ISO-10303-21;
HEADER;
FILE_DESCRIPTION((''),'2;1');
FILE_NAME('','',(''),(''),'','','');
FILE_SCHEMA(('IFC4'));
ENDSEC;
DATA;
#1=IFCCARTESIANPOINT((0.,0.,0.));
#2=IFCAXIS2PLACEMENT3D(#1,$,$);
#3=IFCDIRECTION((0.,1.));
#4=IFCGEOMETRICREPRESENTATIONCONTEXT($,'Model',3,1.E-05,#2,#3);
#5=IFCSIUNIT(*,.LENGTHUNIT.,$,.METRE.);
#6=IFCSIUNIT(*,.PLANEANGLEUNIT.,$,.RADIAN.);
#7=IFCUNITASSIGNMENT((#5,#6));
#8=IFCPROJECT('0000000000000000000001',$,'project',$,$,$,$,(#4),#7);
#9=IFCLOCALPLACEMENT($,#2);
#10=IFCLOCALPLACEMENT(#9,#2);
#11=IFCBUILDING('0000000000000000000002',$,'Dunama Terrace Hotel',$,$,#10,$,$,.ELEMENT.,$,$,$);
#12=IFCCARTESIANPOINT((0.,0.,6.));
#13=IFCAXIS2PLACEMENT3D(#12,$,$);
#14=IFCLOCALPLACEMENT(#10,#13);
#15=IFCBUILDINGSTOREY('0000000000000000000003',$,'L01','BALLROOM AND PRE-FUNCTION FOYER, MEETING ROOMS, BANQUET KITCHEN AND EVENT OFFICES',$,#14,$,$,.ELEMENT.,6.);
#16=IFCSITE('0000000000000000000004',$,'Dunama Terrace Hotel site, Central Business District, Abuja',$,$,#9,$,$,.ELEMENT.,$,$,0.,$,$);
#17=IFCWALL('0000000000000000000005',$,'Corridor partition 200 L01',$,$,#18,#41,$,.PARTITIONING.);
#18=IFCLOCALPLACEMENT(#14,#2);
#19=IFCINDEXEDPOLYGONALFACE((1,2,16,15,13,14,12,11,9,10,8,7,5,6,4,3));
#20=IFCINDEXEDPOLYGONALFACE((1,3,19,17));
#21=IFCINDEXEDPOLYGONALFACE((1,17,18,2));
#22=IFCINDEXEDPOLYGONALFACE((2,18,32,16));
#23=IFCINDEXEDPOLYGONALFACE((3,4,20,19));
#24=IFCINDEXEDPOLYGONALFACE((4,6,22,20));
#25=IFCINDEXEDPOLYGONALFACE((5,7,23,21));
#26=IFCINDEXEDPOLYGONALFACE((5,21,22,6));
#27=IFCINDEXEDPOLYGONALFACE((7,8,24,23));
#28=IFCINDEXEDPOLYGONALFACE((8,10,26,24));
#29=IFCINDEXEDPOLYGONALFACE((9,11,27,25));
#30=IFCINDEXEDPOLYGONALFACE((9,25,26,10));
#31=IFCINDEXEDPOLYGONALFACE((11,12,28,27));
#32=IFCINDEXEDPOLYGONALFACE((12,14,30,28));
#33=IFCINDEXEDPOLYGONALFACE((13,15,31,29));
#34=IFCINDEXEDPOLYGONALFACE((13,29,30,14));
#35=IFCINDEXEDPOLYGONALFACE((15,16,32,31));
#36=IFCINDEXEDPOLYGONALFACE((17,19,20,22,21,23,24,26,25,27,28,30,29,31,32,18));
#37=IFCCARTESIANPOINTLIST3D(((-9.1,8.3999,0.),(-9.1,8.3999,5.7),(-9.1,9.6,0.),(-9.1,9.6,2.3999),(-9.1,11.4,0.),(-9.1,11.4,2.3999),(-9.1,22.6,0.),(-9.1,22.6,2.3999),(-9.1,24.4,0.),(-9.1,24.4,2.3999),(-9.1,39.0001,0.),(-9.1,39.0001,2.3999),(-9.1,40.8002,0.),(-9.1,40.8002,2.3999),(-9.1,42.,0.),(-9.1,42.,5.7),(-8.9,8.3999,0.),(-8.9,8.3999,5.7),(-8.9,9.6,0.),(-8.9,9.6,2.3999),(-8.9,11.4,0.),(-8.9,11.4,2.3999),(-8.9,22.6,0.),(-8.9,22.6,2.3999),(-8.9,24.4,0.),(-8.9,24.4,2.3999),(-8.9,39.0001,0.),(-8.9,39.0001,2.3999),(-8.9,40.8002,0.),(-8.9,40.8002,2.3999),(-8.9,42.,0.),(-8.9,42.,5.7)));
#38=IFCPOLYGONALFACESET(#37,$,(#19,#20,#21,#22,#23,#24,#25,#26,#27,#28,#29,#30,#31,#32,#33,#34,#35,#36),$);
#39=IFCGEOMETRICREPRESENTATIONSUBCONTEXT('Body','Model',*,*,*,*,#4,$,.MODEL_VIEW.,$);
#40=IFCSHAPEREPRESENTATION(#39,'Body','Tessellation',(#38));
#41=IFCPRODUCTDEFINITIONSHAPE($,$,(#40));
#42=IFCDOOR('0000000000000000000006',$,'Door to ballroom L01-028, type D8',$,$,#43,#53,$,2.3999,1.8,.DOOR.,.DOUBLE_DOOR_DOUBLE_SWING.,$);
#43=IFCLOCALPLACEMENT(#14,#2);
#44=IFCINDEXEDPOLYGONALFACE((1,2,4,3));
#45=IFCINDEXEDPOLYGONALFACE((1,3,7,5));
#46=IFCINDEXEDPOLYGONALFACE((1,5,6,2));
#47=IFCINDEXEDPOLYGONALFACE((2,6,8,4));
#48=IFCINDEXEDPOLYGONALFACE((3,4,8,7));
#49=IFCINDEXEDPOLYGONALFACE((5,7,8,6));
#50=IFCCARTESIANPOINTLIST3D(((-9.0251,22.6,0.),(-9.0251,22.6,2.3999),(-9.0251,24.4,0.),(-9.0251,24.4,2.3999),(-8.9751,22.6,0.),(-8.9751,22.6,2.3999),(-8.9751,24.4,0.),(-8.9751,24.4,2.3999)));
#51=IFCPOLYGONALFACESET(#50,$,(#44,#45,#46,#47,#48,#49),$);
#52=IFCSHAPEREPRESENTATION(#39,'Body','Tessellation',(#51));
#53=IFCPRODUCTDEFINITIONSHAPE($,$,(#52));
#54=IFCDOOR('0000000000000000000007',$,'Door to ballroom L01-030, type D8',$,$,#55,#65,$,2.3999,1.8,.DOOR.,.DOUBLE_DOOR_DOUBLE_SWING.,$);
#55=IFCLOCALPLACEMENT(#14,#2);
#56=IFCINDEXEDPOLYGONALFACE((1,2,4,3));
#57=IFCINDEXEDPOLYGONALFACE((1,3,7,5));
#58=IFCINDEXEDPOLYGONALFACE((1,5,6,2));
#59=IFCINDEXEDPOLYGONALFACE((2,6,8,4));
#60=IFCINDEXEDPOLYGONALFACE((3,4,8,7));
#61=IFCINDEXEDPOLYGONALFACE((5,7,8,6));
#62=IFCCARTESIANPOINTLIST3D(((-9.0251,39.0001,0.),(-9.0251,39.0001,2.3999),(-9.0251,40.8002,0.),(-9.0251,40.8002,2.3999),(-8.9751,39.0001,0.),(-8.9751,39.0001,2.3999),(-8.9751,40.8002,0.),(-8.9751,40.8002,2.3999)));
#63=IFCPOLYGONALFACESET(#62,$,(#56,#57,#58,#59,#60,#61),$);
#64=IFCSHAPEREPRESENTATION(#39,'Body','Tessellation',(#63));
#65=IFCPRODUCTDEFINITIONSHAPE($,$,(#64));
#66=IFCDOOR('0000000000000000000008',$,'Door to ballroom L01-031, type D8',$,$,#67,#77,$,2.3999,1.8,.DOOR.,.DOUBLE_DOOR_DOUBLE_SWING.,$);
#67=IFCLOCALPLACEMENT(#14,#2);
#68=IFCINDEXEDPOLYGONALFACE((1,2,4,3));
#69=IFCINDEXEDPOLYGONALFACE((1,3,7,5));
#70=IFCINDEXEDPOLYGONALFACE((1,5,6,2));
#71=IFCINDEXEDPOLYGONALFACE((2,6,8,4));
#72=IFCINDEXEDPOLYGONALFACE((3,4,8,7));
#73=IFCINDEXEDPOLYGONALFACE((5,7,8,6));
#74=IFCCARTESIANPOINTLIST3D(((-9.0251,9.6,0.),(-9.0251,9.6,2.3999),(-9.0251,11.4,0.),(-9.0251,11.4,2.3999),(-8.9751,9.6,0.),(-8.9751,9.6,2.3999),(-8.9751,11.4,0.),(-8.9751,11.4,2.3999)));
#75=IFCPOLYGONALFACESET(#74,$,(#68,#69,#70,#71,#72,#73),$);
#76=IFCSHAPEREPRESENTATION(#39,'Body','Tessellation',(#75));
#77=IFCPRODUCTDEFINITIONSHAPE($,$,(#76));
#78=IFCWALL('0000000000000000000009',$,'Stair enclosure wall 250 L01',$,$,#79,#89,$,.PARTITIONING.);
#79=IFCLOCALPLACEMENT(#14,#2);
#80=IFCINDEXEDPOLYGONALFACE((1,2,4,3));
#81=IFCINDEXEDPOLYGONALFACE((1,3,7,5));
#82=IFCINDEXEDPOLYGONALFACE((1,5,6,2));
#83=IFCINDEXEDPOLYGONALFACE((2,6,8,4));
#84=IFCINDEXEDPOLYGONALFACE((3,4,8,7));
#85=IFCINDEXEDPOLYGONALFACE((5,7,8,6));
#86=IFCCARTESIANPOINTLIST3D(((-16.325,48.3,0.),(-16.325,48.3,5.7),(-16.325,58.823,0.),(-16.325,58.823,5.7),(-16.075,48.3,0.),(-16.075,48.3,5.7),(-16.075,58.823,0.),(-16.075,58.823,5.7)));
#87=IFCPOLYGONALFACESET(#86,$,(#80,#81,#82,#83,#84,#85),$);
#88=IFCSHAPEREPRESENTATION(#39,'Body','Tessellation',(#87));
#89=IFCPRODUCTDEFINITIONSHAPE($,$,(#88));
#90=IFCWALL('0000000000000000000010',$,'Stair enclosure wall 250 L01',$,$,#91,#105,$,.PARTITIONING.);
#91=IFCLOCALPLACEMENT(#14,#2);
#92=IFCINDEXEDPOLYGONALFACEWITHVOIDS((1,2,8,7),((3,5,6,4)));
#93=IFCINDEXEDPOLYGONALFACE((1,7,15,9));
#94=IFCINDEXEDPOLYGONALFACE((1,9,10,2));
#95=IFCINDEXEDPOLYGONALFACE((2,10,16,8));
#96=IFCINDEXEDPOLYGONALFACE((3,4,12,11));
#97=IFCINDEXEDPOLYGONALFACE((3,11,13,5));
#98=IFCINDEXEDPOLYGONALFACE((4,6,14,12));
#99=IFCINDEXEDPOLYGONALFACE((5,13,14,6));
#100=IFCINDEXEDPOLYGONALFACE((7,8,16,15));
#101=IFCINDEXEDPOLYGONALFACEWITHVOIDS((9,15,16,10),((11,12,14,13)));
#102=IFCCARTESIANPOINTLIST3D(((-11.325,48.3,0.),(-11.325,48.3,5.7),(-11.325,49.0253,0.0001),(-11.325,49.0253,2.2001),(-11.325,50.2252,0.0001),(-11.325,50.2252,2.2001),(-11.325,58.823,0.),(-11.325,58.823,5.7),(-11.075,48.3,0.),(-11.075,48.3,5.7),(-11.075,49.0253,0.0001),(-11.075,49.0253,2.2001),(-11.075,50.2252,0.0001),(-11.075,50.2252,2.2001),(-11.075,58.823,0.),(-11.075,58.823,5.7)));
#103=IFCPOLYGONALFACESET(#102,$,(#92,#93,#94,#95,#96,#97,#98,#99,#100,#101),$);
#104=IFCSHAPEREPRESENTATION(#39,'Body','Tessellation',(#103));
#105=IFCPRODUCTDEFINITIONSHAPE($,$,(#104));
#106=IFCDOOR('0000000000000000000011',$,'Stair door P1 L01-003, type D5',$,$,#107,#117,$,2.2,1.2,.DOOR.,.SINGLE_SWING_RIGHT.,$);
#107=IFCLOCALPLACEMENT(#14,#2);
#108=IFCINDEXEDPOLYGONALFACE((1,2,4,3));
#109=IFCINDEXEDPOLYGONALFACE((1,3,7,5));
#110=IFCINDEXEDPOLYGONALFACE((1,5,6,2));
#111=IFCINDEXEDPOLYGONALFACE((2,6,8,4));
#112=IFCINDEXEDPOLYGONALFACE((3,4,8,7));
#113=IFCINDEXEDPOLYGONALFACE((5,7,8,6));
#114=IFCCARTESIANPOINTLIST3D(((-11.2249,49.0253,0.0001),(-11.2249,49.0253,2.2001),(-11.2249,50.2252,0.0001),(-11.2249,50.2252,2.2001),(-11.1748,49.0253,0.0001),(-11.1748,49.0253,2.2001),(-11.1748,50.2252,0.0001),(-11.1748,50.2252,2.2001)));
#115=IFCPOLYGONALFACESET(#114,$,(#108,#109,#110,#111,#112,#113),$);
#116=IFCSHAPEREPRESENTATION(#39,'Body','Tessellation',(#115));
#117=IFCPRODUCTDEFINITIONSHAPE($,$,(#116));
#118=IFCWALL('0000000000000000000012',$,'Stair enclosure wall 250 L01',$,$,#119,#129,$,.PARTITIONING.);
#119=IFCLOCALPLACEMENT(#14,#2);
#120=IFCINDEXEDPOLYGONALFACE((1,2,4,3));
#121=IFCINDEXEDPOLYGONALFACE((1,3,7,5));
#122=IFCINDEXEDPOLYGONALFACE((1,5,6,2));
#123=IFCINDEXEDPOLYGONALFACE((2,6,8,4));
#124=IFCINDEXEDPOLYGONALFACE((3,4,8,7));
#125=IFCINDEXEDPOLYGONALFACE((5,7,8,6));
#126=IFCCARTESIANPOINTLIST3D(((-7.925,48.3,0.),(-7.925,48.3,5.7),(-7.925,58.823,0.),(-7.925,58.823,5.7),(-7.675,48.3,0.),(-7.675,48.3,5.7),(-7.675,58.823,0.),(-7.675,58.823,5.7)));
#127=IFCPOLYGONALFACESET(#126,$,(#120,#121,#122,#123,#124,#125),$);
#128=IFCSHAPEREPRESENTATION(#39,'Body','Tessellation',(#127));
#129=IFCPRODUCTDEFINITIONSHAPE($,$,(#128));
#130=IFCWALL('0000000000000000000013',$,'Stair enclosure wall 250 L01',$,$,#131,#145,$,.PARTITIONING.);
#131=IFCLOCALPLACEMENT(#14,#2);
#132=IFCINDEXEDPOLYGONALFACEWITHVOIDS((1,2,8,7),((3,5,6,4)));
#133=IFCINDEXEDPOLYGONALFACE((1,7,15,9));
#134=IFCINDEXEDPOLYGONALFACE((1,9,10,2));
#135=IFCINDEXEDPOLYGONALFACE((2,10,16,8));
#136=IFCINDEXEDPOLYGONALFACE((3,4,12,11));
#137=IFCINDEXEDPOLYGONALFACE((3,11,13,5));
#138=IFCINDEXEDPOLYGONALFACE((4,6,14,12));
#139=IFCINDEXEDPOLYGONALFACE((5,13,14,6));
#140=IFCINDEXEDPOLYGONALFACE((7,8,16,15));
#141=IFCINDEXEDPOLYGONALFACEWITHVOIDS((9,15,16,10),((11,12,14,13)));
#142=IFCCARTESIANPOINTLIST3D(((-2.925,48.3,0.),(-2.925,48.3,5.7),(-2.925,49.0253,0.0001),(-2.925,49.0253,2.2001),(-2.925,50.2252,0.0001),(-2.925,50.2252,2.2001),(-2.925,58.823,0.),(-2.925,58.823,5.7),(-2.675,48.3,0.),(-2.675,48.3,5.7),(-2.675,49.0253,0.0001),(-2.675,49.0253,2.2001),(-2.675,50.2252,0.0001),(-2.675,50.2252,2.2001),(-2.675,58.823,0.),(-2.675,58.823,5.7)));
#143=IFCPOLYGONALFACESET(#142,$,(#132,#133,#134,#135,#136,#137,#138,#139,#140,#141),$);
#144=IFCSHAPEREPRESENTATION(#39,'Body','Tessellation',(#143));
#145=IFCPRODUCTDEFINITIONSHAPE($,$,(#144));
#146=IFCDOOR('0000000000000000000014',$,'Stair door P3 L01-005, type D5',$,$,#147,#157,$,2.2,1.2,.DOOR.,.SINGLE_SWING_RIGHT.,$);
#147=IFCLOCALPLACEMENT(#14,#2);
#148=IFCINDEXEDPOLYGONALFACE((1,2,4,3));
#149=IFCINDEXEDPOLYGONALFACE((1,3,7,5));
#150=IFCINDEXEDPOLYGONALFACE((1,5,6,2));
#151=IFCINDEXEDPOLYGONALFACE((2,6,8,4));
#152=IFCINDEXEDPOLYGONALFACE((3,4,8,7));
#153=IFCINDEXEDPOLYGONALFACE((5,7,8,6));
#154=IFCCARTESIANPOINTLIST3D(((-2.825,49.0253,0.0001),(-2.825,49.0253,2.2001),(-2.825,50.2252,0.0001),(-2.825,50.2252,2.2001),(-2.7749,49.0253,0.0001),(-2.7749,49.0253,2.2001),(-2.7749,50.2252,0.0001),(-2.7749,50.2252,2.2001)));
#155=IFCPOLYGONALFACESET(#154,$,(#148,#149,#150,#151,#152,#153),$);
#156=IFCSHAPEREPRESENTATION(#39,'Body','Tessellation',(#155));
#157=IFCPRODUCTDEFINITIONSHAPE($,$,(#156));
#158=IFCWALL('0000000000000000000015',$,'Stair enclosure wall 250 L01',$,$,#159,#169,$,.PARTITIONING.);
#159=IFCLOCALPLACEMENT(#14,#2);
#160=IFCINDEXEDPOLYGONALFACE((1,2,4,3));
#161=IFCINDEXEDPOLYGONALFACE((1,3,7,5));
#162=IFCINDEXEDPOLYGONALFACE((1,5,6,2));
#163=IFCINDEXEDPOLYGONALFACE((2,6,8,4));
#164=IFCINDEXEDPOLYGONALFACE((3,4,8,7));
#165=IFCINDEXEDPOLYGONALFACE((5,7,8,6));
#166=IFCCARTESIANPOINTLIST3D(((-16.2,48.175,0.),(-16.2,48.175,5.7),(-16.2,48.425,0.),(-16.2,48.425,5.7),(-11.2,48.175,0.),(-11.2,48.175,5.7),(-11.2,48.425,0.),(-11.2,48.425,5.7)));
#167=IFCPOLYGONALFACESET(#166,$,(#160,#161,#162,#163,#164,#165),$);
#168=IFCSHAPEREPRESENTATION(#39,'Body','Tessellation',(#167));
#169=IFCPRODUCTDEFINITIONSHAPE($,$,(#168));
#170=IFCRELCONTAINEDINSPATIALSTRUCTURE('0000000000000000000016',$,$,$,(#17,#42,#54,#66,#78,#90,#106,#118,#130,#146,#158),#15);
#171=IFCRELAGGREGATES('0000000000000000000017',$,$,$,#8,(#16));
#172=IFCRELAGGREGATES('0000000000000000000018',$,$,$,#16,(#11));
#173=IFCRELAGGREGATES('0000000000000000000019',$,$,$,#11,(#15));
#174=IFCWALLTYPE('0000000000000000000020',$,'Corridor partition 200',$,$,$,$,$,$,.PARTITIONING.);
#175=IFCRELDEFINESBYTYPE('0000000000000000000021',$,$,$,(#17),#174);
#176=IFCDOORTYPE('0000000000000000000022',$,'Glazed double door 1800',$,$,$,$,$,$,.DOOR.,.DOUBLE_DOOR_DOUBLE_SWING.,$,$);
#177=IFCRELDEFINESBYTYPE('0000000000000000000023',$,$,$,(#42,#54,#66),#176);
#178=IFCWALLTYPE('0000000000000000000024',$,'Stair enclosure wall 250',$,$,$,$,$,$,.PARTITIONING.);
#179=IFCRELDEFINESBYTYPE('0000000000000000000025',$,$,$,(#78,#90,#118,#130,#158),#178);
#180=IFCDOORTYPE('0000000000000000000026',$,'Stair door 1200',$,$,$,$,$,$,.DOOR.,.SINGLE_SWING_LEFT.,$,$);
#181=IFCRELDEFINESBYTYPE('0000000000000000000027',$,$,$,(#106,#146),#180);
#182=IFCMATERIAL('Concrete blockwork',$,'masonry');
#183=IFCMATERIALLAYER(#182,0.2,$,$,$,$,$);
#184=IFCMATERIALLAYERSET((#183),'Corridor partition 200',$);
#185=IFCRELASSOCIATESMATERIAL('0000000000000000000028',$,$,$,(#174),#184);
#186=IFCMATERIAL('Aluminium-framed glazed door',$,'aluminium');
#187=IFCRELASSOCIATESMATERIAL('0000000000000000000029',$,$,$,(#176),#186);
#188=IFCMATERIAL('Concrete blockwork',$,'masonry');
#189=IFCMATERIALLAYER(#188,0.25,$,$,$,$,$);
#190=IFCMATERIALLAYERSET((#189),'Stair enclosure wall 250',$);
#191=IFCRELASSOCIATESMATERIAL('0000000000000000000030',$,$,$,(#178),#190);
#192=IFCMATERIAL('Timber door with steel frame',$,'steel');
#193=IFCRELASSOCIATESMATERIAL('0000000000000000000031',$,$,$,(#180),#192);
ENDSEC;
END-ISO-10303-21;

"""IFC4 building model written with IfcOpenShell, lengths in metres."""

from ifc_helpers import new_model, si_unit, direction, frame, frame_2d, origin, place, context, subcontext, project, spatial, rectangle, extrude, material, layer, layer_set, type_object, element, fill, save


model = new_model("IFC4")

# Units and contexts
model_context = context("Model", 3, precision=1e-05, world=origin(), true_north=direction((0.0, 1.0)))
body_context = subcontext(model_context, "Body", "Model", "MODEL_VIEW")
ifc_project = project(units=[si_unit("LENGTHUNIT", "METRE"), si_unit("PLANEANGLEUNIT", "RADIAN")], contexts=[model_context])

# Site, building, storey
site_placement = place(None, origin())
site = spatial("IfcSite", under=ifc_project, at=site_placement, Name="Dunama Terrace Hotel site, Central Business District, Abuja", CompositionType="ELEMENT", RefElevation=0.0)
building_placement = place(site_placement, origin())
building = spatial("IfcBuilding", under=site, at=building_placement, Name="Dunama Terrace Hotel", CompositionType="ELEMENT")
storey_placement = place(building_placement, frame((0.0, 0.0, 6.0)))
storey = spatial("IfcBuildingStorey", under=building, at=storey_placement, Name="L01", Description="BALLROOM AND PRE-FUNCTION FOYER, MEETING ROOMS, BANQUET KITCHEN AND EVENT OFFICES", CompositionType="ELEMENT", Elevation=6.0)

# Shared definitions
ifc_material_1 = material(Name="Concrete blockwork", Category="masonry")
ifc_layer_1 = layer(ifc_material_1, 0.2)
ifc_layer_set_1 = layer_set([ifc_layer_1], Name="Corridor partition 200")
wall_type_1 = type_object("IfcWallType", Name="Corridor partition 200", PredefinedType="PARTITIONING", material=ifc_layer_set_1)

# Shared definitions
ifc_material_2 = material(Name="Aluminium-framed glazed door", Category="aluminium")
door_type_1 = type_object("IfcDoorType", Name="Glazed double door 1800", OperationType="DOUBLE_DOOR_DOUBLE_SWING", PredefinedType="DOOR", material=ifc_material_2)

# Wall, openings, doors
wall_1_placement = place(storey_placement, frame((-9.0, 42.0, 0.0), z_axis=(0.0, 0.0, 1.0), x_axis=(0.0, -1.0, 0.0)))
wall_1 = element("IfcWall", 1, at=wall_1_placement, inside=storey, type_object=wall_type_1, Name="Corridor partition 200 L01", PredefinedType="PARTITIONING", context=body_context, shape_type="SweptSolid", body=[
    extrude(rectangle(XDim=33.6001, YDim=0.2, at=frame_2d((16.8, 0.0))), origin(), (0.0, 0.0, 1.0), 5.7),
])
opening_1_placement = place(wall_1_placement, frame((17.6001, 0.0, 0.0)))
opening_1 = element("IfcOpeningElement", 2, at=opening_1_placement, cuts=wall_1, PredefinedType="OPENING", context=body_context, shape_type="SweptSolid", body=[
    extrude(rectangle(XDim=1.8, YDim=2.3999, at=frame_2d((0.8999, 1.2))), frame((0.0, 0.1099, 0.0), z_axis=(0.0, -1.0, 0.0), x_axis=(1.0, 0.0, 0.0)), (0.0, 0.0, 1.0), 0.22),
])
opening_2_placement = place(wall_1_placement, frame((1.2, 0.0, 0.0)))
opening_2 = element("IfcOpeningElement", 3, at=opening_2_placement, cuts=wall_1, PredefinedType="OPENING", context=body_context, shape_type="SweptSolid", body=[
    extrude(rectangle(XDim=1.8, YDim=2.3999, at=frame_2d((0.8999, 1.2))), frame((0.0, 0.1099, 0.0), z_axis=(0.0, -1.0, 0.0), x_axis=(1.0, 0.0, 0.0)), (0.0, 0.0, 1.0), 0.22),
])
opening_3_placement = place(wall_1_placement, frame((30.6001, 0.0, 0.0)))
opening_3 = element("IfcOpeningElement", 4, at=opening_3_placement, cuts=wall_1, PredefinedType="OPENING", context=body_context, shape_type="SweptSolid", body=[
    extrude(rectangle(XDim=1.8, YDim=2.3999, at=frame_2d((0.8999, 1.2))), frame((0.0, 0.1099, 0.0), z_axis=(0.0, -1.0, 0.0), x_axis=(1.0, 0.0, 0.0)), (0.0, 0.0, 1.0), 0.22),
])
door_1_placement = place(opening_1_placement, origin())
door_1 = element("IfcDoor", 5, at=door_1_placement, inside=storey, type_object=door_type_1, Name="Door to ballroom L01-028, type D8", OperationType="DOUBLE_DOOR_DOUBLE_SWING", OverallHeight=2.3999, OverallWidth=1.8, PredefinedType="DOOR", context=body_context, shape_type="SweptSolid", body=[
    extrude(rectangle(XDim=1.8, YDim=2.3999, at=frame_2d((0.8999, 1.2))), frame((0.0, 0.0249, 0.0), z_axis=(0.0, -1.0, 0.0), x_axis=(1.0, 0.0, 0.0)), (0.0, 0.0, 1.0), 0.05),
])
fill(opening_1, door_1)
door_2_placement = place(opening_2_placement, origin())
door_2 = element("IfcDoor", 6, at=door_2_placement, inside=storey, type_object=door_type_1, Name="Door to ballroom L01-030, type D8", OperationType="DOUBLE_DOOR_DOUBLE_SWING", OverallHeight=2.3999, OverallWidth=1.8, PredefinedType="DOOR", context=body_context, shape_type="SweptSolid", body=[
    extrude(rectangle(XDim=1.8, YDim=2.3999, at=frame_2d((0.8999, 1.2))), frame((0.0, 0.0249, 0.0), z_axis=(0.0, -1.0, 0.0), x_axis=(1.0, 0.0, 0.0)), (0.0, 0.0, 1.0), 0.05),
])
fill(opening_2, door_2)
door_3_placement = place(opening_3_placement, origin())
door_3 = element("IfcDoor", 7, at=door_3_placement, inside=storey, type_object=door_type_1, Name="Door to ballroom L01-031, type D8", OperationType="DOUBLE_DOOR_DOUBLE_SWING", OverallHeight=2.3999, OverallWidth=1.8, PredefinedType="DOOR", context=body_context, shape_type="SweptSolid", body=[
    extrude(rectangle(XDim=1.8, YDim=2.3999, at=frame_2d((0.8999, 1.2))), frame((0.0, 0.0249, 0.0), z_axis=(0.0, -1.0, 0.0), x_axis=(1.0, 0.0, 0.0)), (0.0, 0.0, 1.0), 0.05),
])
fill(opening_3, door_3)

# Wall
ifc_material_3 = material(Name="Concrete blockwork", Category="masonry")
ifc_layer_2 = layer(ifc_material_3, 0.25)
ifc_layer_set_2 = layer_set([ifc_layer_2], Name="Stair enclosure wall 250")
wall_type_2 = type_object("IfcWallType", Name="Stair enclosure wall 250", PredefinedType="PARTITIONING", material=ifc_layer_set_2)
wall_2_placement = place(storey_placement, frame((-16.2, 48.3, 0.0), z_axis=(0.0, 0.0, 1.0), x_axis=(0.0, 1.0, 0.0)))
element("IfcWall", 8, at=wall_2_placement, inside=storey, type_object=wall_type_2, Name="Stair enclosure wall 250 L01", PredefinedType="PARTITIONING", context=body_context, shape_type="SweptSolid", body=[
    extrude(rectangle(XDim=10.5229, YDim=0.25, at=frame_2d((5.2615, 0.0))), origin(), (0.0, 0.0, 1.0), 5.7),
])

# Wall, opening, door
wall_3_placement = place(storey_placement, frame((-11.2, 48.3, 0.0), z_axis=(0.0, 0.0, 1.0), x_axis=(0.0, 1.0, 0.0)))
wall_3 = element("IfcWall", 9, at=wall_3_placement, inside=storey, type_object=wall_type_2, Name="Stair enclosure wall 250 L01", PredefinedType="PARTITIONING", context=body_context, shape_type="SweptSolid", body=[
    extrude(rectangle(XDim=10.5229, YDim=0.25, at=frame_2d((5.2615, 0.0))), origin(), (0.0, 0.0, 1.0), 5.7),
])
opening_4_placement = place(wall_3_placement, frame((0.7251, 0.0, 0.0)))
opening_4 = element("IfcOpeningElement", 10, at=opening_4_placement, cuts=wall_3, PredefinedType="OPENING", context=body_context, shape_type="SweptSolid", body=[
    extrude(rectangle(XDim=1.2, YDim=2.2, at=frame_2d((0.6001, 1.1001))), frame((0.0, 0.135, 0.0), z_axis=(0.0, -1.0, 0.0), x_axis=(1.0, 0.0, 0.0)), (0.0, 0.0, 1.0), 0.27),
])
ifc_material_4 = material(Name="Timber door with steel frame", Category="steel")
door_type_2 = type_object("IfcDoorType", Name="Stair door 1200", OperationType="SINGLE_SWING_LEFT", PredefinedType="DOOR", material=ifc_material_4)
door_4_placement = place(opening_4_placement, origin())
door_4 = element("IfcDoor", 11, at=door_4_placement, inside=storey, type_object=door_type_2, Name="Stair door P1 L01-003, type D5", OperationType="SINGLE_SWING_RIGHT", OverallHeight=2.2, OverallWidth=1.2, PredefinedType="DOOR", context=body_context, shape_type="SweptSolid", body=[
    extrude(rectangle(XDim=1.2, YDim=2.2, at=frame_2d((0.6001, 1.1001))), frame((0.0, 0.0249, 0.0), z_axis=(0.0, -1.0, 0.0), x_axis=(1.0, 0.0, 0.0)), (0.0, 0.0, 1.0), 0.05),
])
fill(opening_4, door_4)

# Wall
wall_4_placement = place(storey_placement, frame((-7.8, 48.3, 0.0), z_axis=(0.0, 0.0, 1.0), x_axis=(0.0, 1.0, 0.0)))
element("IfcWall", 12, at=wall_4_placement, inside=storey, type_object=wall_type_2, Name="Stair enclosure wall 250 L01", PredefinedType="PARTITIONING", context=body_context, shape_type="SweptSolid", body=[
    extrude(rectangle(XDim=10.5229, YDim=0.25, at=frame_2d((5.2615, 0.0))), origin(), (0.0, 0.0, 1.0), 5.7),
])

# Wall, opening, door
wall_5_placement = place(storey_placement, frame((-2.8, 48.3, 0.0), z_axis=(0.0, 0.0, 1.0), x_axis=(0.0, 1.0, 0.0)))
wall_5 = element("IfcWall", 13, at=wall_5_placement, inside=storey, type_object=wall_type_2, Name="Stair enclosure wall 250 L01", PredefinedType="PARTITIONING", context=body_context, shape_type="SweptSolid", body=[
    extrude(rectangle(XDim=10.5229, YDim=0.25, at=frame_2d((5.2615, 0.0))), origin(), (0.0, 0.0, 1.0), 5.7),
])
opening_5_placement = place(wall_5_placement, frame((0.7251, 0.0, 0.0)))
opening_5 = element("IfcOpeningElement", 14, at=opening_5_placement, cuts=wall_5, PredefinedType="OPENING", context=body_context, shape_type="SweptSolid", body=[
    extrude(rectangle(XDim=1.2, YDim=2.2, at=frame_2d((0.6001, 1.1001))), frame((0.0, 0.135, 0.0), z_axis=(0.0, -1.0, 0.0), x_axis=(1.0, 0.0, 0.0)), (0.0, 0.0, 1.0), 0.27),
])
door_5_placement = place(opening_5_placement, origin())
door_5 = element("IfcDoor", 15, at=door_5_placement, inside=storey, type_object=door_type_2, Name="Stair door P3 L01-005, type D5", OperationType="SINGLE_SWING_RIGHT", OverallHeight=2.2, OverallWidth=1.2, PredefinedType="DOOR", context=body_context, shape_type="SweptSolid", body=[
    extrude(rectangle(XDim=1.2, YDim=2.2, at=frame_2d((0.6001, 1.1001))), frame((0.0, 0.0249, 0.0), z_axis=(0.0, -1.0, 0.0), x_axis=(1.0, 0.0, 0.0)), (0.0, 0.0, 1.0), 0.05),
])
fill(opening_5, door_5)

# Wall
for number, where, z_axis, x_axis, name in (
    (16, (-16.2, 48.3, 0.0), (0.0, 0.0, 1.0), (1.0, 0.0, 0.0), "Stair enclosure wall 250 L01"),
):
    element("IfcWall", number, at=place(storey_placement, frame(where, z_axis=z_axis, x_axis=x_axis)), inside=storey, type_object=wall_type_2, Name=name, PredefinedType="PARTITIONING", context=body_context, shape_type="SweptSolid", body=[
        extrude(rectangle(XDim=5.0, YDim=0.25, at=frame_2d((2.5, 0.0))), origin(), (0.0, 0.0, 1.0), 5.7),
    ])

save(model, "model.ifc")
